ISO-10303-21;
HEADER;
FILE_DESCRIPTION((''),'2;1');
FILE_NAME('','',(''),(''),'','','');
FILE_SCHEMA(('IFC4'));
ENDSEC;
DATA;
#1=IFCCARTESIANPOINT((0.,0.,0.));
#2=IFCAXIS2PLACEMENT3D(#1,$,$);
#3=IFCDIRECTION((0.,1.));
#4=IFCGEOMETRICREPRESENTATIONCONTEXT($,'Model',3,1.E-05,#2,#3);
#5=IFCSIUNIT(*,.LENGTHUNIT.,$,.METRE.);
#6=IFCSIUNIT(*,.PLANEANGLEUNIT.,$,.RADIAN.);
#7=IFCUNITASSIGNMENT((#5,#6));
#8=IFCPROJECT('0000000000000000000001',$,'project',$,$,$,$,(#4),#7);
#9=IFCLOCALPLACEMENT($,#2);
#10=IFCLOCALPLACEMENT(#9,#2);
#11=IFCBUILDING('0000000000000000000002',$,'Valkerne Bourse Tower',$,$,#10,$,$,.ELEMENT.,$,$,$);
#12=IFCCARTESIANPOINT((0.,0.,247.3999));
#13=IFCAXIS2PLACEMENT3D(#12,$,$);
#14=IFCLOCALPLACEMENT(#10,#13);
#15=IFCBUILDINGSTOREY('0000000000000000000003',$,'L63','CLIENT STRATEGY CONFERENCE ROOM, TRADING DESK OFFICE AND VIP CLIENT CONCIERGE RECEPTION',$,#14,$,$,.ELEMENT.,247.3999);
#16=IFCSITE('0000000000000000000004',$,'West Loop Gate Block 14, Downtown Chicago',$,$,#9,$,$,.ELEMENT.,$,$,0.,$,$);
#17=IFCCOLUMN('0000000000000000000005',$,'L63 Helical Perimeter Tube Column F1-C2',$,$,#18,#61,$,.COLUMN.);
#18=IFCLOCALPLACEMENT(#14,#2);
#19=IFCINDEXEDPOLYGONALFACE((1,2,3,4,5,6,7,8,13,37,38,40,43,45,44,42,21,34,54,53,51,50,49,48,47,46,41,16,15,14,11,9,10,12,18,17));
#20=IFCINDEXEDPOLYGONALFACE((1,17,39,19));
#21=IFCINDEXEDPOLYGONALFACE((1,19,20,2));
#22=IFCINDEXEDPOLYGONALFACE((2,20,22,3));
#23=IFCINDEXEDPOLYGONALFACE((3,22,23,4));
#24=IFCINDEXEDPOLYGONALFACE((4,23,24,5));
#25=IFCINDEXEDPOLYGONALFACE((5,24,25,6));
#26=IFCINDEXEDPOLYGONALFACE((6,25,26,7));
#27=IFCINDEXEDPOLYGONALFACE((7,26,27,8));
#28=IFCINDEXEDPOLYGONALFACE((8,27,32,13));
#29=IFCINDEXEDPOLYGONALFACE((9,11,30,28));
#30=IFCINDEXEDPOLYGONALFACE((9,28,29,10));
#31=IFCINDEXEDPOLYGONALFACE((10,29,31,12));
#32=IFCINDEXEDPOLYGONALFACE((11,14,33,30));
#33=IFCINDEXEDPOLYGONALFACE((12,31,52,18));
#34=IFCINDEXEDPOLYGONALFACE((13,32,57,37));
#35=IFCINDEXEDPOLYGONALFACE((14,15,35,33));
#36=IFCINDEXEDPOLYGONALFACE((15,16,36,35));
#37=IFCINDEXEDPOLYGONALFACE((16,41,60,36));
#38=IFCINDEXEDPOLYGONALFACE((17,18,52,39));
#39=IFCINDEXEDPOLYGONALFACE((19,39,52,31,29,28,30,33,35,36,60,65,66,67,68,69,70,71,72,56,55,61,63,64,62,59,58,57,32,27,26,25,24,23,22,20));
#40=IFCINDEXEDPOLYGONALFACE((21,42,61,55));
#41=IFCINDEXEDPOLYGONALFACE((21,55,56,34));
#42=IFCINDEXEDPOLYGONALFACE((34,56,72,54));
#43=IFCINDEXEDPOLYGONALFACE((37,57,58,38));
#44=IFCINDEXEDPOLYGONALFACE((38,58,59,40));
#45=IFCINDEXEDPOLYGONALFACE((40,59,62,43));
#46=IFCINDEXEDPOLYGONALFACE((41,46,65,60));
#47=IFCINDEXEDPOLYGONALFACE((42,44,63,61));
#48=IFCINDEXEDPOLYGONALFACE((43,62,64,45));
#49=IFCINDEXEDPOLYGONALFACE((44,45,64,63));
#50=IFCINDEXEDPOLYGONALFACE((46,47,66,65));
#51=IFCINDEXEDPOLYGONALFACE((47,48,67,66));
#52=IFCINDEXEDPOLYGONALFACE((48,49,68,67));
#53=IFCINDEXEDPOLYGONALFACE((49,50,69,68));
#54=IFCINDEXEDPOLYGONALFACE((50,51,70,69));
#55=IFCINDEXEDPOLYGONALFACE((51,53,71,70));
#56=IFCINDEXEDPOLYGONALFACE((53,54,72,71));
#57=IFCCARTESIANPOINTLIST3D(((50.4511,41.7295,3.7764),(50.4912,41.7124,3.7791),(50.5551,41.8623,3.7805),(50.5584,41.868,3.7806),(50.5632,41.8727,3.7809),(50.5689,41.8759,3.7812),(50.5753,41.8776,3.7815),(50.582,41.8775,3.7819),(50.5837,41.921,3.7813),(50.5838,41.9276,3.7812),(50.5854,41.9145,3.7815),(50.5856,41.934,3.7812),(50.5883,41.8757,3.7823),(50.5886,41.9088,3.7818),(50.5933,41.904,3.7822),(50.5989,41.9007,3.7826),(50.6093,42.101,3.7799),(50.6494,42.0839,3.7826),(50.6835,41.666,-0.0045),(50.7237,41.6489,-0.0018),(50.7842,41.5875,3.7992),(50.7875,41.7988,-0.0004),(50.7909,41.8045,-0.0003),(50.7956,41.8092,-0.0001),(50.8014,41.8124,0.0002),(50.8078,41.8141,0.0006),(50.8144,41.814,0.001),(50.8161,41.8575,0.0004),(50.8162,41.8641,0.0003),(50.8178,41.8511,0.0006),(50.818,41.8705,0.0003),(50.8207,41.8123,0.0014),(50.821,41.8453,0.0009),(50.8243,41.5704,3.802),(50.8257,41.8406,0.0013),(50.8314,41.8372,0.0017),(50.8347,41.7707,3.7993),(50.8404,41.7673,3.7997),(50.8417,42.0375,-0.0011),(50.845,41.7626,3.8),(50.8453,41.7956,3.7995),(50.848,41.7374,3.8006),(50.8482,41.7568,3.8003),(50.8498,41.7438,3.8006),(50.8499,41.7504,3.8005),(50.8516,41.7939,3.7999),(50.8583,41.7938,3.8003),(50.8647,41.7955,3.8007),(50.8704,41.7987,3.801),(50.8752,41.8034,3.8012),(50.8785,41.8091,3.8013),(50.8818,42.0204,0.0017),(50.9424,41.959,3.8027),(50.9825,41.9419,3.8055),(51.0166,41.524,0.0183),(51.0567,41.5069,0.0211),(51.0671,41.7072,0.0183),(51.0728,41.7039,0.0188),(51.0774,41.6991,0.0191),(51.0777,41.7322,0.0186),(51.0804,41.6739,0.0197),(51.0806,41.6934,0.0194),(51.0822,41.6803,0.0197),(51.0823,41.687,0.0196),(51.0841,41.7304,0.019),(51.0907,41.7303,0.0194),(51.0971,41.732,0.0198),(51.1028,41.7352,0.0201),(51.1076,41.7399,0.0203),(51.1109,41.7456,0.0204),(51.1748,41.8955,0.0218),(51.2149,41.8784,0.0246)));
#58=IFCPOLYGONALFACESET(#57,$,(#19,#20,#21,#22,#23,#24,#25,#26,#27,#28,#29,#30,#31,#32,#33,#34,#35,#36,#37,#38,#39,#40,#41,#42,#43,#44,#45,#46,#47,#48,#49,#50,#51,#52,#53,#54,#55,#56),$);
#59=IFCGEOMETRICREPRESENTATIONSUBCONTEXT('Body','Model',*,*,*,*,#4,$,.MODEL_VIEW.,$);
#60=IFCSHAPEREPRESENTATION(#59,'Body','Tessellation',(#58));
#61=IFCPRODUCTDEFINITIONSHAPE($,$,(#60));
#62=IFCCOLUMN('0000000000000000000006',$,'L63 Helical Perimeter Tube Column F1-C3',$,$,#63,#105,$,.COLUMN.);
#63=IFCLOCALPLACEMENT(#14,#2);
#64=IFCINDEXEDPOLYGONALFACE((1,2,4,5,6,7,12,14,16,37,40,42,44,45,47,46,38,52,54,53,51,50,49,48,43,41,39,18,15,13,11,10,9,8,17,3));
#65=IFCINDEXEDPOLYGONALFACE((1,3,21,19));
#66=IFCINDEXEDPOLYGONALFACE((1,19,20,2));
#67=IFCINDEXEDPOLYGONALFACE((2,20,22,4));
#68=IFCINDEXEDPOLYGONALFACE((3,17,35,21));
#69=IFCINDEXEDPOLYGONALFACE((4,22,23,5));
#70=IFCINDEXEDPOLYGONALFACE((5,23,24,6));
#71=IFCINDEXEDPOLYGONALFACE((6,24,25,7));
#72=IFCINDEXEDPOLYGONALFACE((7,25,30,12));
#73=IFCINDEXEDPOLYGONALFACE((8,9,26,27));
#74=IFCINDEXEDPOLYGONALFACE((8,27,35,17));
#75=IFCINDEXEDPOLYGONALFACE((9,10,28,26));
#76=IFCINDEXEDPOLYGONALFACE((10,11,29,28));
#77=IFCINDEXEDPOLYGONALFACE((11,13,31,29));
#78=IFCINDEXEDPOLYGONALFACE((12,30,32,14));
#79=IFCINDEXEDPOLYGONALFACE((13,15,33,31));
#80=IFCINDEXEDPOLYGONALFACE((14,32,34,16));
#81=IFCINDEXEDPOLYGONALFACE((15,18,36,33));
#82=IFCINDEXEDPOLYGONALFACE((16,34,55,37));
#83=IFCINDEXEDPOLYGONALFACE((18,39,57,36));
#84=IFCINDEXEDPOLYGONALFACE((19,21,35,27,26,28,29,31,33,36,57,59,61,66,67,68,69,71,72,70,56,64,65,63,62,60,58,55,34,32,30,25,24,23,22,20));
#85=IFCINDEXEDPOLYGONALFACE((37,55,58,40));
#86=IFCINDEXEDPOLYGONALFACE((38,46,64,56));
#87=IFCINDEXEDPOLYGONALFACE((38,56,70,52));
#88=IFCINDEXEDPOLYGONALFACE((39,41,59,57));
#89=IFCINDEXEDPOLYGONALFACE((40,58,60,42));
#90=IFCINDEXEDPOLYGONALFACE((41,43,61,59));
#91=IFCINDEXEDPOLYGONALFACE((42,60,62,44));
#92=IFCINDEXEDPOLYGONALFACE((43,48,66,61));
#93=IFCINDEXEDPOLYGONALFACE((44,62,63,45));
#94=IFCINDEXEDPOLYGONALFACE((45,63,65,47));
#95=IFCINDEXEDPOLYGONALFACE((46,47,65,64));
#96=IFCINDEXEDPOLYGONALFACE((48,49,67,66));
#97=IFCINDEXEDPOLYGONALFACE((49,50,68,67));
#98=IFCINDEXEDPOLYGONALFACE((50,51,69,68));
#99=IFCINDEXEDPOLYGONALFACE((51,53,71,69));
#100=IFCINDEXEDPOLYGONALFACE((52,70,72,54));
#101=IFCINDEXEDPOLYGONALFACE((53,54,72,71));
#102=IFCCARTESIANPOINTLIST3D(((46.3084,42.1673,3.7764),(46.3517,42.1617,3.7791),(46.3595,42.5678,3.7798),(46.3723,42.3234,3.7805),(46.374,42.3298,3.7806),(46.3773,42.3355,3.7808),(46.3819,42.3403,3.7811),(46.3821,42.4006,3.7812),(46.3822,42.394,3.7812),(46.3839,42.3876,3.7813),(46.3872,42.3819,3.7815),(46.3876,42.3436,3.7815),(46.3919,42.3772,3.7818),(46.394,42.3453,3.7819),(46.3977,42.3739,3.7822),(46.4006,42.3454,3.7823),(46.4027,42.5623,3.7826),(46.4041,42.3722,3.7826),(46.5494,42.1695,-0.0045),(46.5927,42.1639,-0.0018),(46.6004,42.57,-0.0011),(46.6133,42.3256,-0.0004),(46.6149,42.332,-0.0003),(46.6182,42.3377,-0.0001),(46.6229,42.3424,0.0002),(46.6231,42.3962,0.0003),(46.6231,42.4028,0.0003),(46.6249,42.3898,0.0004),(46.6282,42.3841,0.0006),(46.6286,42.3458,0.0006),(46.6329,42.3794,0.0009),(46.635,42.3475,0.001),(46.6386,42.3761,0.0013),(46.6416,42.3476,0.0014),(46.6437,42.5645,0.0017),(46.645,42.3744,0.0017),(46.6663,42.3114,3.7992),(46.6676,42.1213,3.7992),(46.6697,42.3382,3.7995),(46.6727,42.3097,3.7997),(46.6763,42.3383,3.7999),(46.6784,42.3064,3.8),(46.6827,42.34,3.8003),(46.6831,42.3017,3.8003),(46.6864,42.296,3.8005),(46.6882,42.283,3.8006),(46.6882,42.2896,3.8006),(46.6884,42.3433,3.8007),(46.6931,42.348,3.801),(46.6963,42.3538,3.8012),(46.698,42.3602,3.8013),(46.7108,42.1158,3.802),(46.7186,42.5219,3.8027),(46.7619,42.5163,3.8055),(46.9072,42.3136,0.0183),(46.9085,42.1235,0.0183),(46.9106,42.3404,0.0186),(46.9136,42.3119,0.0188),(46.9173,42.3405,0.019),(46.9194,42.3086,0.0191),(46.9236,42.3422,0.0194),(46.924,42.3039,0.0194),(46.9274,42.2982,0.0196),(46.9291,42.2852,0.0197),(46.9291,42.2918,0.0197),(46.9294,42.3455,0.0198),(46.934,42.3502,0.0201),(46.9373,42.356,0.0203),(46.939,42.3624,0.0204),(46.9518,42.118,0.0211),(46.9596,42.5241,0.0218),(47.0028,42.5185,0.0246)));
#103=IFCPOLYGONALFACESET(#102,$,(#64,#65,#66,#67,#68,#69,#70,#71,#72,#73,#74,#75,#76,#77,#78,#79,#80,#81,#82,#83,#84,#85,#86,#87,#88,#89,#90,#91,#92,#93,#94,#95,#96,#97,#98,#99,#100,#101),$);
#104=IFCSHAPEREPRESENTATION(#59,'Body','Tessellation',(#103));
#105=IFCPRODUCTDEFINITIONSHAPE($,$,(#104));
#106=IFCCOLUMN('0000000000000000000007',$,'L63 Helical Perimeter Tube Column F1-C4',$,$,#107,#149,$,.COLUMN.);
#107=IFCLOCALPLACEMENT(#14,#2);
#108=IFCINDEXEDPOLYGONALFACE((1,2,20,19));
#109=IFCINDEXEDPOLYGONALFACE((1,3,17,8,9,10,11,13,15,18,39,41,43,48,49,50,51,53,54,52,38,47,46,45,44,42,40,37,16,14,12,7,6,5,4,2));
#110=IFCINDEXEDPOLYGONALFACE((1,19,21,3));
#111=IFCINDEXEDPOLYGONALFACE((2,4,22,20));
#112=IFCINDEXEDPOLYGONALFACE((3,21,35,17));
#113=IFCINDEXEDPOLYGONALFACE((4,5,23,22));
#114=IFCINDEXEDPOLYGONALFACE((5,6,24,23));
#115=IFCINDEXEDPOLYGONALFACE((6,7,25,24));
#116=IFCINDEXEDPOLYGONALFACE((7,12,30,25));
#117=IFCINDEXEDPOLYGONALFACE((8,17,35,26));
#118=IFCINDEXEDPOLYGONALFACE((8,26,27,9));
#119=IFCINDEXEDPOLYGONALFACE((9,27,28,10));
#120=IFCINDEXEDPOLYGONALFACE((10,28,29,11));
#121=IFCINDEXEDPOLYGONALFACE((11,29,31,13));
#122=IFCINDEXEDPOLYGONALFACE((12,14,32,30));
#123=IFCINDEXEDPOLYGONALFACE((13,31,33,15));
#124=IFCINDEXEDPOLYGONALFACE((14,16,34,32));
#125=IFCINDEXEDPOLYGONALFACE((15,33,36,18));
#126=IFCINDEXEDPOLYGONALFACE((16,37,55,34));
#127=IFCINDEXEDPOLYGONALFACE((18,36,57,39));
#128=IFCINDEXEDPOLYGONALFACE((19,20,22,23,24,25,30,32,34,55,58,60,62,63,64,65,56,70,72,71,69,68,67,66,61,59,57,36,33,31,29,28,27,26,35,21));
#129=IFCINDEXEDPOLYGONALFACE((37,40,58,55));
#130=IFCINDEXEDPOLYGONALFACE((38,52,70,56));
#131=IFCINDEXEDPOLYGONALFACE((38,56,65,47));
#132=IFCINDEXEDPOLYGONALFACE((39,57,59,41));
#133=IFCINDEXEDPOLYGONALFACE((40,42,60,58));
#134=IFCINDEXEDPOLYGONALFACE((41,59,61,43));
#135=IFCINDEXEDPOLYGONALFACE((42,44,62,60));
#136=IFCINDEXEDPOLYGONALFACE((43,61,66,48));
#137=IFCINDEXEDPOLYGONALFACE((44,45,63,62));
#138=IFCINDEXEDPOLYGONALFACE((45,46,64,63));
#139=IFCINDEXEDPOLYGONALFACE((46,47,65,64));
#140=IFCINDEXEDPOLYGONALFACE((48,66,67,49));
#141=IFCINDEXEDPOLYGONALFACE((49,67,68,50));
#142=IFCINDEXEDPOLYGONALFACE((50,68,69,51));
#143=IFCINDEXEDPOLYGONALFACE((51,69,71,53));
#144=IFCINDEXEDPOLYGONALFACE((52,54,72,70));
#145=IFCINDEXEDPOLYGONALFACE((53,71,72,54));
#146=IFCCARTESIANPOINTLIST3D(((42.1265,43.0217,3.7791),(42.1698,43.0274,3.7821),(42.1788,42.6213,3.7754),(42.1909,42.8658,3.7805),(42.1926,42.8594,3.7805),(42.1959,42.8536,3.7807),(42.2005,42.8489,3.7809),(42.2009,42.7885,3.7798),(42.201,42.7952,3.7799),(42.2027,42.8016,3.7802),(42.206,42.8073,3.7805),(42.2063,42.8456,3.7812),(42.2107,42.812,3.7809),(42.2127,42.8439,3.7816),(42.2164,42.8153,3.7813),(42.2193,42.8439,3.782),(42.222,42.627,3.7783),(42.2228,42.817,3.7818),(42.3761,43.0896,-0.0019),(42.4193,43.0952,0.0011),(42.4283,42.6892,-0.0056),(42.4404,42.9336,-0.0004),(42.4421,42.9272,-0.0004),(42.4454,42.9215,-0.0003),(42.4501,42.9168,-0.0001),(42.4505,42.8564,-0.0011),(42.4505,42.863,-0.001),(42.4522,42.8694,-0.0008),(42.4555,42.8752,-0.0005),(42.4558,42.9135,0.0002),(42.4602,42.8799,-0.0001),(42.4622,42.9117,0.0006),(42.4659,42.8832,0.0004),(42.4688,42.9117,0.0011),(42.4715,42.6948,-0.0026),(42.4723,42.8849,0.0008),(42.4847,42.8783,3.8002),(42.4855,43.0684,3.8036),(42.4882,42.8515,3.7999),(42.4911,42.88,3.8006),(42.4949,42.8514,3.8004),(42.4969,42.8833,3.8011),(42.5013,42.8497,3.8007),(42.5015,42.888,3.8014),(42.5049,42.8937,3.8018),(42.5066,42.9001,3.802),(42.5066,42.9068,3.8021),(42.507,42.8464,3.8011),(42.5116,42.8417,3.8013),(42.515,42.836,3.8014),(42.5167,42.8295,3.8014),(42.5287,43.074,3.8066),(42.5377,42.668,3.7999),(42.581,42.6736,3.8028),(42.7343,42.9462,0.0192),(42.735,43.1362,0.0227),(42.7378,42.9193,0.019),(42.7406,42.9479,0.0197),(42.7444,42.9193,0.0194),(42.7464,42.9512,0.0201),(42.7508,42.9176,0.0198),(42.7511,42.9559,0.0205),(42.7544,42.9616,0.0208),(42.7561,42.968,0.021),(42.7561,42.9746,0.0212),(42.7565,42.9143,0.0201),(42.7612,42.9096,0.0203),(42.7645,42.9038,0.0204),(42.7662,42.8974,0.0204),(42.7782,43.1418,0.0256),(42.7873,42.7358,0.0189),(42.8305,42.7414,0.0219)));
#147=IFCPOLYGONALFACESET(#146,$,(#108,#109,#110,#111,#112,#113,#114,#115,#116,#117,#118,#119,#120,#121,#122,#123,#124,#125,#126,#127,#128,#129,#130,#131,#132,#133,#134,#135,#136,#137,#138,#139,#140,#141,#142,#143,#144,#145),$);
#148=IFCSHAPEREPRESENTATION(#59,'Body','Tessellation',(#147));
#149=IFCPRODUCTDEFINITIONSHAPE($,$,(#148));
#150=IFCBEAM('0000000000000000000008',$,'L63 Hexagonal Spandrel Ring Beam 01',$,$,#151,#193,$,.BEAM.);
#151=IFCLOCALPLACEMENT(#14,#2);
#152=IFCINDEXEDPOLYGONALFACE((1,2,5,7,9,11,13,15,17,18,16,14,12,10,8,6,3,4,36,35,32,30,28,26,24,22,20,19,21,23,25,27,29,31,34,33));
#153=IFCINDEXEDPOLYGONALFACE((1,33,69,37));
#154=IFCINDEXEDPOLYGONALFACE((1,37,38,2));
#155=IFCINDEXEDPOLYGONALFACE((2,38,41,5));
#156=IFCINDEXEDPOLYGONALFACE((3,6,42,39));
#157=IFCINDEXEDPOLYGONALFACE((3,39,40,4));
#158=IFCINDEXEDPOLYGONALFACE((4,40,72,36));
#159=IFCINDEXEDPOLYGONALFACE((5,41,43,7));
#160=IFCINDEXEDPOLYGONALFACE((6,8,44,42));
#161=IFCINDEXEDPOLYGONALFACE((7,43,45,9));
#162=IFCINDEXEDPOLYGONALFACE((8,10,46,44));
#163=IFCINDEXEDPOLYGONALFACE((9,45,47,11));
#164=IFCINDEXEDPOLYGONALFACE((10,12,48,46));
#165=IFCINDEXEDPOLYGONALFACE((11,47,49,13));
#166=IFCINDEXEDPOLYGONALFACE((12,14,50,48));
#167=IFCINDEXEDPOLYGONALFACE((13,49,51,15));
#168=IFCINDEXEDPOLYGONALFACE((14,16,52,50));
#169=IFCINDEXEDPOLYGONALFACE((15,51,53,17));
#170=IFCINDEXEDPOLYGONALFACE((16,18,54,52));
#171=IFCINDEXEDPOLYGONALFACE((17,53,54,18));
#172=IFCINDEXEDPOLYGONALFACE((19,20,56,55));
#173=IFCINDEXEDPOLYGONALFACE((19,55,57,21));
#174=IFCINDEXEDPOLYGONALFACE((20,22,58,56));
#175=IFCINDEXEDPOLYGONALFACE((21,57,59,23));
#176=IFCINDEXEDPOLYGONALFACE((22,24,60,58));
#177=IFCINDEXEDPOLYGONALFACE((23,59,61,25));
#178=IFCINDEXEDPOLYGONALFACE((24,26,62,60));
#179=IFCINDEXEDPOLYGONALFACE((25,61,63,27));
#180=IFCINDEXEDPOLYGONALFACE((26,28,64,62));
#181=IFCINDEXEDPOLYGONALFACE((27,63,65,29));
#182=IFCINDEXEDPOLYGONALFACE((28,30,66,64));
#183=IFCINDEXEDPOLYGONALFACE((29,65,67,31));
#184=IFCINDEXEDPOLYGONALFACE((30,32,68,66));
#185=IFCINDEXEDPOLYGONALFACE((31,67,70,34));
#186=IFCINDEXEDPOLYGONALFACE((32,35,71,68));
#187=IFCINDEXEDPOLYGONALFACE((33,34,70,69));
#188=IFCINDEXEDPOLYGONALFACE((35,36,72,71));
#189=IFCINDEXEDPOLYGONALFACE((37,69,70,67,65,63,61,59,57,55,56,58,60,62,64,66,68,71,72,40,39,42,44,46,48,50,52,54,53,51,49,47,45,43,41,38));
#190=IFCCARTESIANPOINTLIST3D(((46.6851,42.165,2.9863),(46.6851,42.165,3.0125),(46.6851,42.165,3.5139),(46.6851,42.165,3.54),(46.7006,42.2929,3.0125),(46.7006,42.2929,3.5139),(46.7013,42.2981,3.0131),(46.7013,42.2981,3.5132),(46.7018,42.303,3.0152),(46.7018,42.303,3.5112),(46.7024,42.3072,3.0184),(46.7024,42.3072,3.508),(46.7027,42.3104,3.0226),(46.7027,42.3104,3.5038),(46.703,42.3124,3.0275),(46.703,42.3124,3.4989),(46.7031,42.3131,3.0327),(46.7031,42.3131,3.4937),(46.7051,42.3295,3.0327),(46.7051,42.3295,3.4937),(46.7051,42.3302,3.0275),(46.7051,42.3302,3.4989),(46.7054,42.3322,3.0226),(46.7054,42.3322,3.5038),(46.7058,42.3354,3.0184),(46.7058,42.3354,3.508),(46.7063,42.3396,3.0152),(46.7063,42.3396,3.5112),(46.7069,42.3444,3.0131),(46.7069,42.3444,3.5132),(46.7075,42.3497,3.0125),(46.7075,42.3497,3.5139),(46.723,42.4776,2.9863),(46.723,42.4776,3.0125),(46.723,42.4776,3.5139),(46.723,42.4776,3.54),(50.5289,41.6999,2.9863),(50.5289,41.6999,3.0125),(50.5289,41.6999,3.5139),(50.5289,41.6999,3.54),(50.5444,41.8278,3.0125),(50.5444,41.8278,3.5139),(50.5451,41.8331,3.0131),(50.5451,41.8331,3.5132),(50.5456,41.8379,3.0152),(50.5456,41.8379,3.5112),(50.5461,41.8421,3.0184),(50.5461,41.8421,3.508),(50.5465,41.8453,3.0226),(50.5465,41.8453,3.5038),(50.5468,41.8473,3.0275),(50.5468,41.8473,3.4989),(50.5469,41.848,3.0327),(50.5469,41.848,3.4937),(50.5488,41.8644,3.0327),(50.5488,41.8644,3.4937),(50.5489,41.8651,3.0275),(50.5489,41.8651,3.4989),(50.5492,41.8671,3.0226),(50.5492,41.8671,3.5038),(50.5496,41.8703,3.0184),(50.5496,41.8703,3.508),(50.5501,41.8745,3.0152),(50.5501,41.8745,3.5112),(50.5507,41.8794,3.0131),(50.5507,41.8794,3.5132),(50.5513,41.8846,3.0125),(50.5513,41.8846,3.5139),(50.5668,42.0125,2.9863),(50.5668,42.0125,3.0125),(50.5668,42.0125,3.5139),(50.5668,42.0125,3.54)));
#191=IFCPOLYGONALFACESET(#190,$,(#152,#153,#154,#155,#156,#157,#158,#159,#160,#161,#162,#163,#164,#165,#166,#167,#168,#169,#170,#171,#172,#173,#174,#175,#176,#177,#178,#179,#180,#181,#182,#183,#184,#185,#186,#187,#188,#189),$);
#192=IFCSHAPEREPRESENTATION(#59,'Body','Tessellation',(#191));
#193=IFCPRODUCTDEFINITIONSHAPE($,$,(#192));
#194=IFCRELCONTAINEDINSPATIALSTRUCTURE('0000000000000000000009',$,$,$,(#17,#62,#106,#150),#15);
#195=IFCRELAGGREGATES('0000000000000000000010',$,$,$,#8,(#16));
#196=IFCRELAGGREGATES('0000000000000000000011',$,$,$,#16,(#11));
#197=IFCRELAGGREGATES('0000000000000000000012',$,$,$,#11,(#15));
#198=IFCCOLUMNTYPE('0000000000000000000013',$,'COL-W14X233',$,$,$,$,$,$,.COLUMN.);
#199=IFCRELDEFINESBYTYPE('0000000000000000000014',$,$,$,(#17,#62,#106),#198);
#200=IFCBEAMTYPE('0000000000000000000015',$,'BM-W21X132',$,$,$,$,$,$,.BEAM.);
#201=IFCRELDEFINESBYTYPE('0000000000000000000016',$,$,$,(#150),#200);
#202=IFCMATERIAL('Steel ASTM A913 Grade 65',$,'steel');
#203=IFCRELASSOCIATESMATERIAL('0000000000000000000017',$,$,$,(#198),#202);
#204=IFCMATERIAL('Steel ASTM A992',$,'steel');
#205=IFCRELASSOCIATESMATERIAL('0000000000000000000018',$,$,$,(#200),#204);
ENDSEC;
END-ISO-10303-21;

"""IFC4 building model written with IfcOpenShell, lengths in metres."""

from ifc_helpers import new_model, si_unit, direction, frame, origin, origin_2d, place, context, subcontext, project, spatial, i_section, extrude, material, material_profile, profile_set, type_object, element, save


model = new_model("IFC4")

# Units and contexts
model_context = context("Model", 3, precision=1e-05, world=origin(), true_north=direction((0.0, 1.0)))
body_context = subcontext(model_context, "Body", "Model", "MODEL_VIEW")
ifc_project = project(units=[si_unit("LENGTHUNIT", "METRE"), si_unit("PLANEANGLEUNIT", "RADIAN")], contexts=[model_context])

# Site, building, storey
site_placement = place(None, origin())
site = spatial("IfcSite", under=ifc_project, at=site_placement, Name="West Loop Gate Block 14, Downtown Chicago", CompositionType="ELEMENT", RefElevation=0.0)
building_placement = place(site_placement, origin())
building = spatial("IfcBuilding", under=site, at=building_placement, Name="Valkerne Bourse Tower", CompositionType="ELEMENT")
storey_placement = place(building_placement, frame((0.0, 0.0, 247.3999)))
storey = spatial("IfcBuildingStorey", under=building, at=storey_placement, Name="L63", Description="CLIENT STRATEGY CONFERENCE ROOM, TRADING DESK OFFICE AND VIP CLIENT CONCIERGE RECEPTION", CompositionType="ELEMENT", Elevation=247.3999)

# Columns
ifc_material_1 = material(Name="Steel ASTM A913 Grade 65", Category="steel")
ifc_material_profile_1 = material_profile(ifc_material_1, i_section(OverallWidth=0.4038, OverallDepth=0.4065, WebThickness=0.0271, FlangeThickness=0.0437, FilletRadius=0.0254, at=origin_2d()), Name="W14X233")
ifc_profile_set_1 = profile_set([ifc_material_profile_1], Name="Steel ASTM A913 Grade 65")
column_type = type_object("IfcColumnType", Name="COL-W14X233", PredefinedType="COLUMN", material=ifc_profile_set_1)
for number, where, z_axis, x_axis, name in (
    (1, (50.9492, 41.7722, 0.01), (-0.061346, 0.016754, 0.997976), (0.391679, 0.920062, 0.008631), "L63 Helical Perimeter Tube Column F1-C2"),
    (2, (46.7761, 42.344, 0.01), (-0.063602, -0.00058, 0.997975), (0.126401, 0.991942, 0.008632), "L63 Helical Perimeter Tube Column F1-C3"),
):
    element("IfcColumn", number, at=place(storey_placement, frame(where, z_axis=z_axis, x_axis=x_axis)), inside=storey, type_object=column_type, Name=name, PredefinedType="COLUMN", context=body_context, shape_type="SweptSolid", body=[
        extrude(i_section(OverallWidth=0.4038, OverallDepth=0.4065, WebThickness=0.0271, FlangeThickness=0.0437, FilletRadius=0.0254, at=origin_2d()), origin(), (0.0, 0.0, 1.0), 3.7886),
    ])
column_placement = place(storey_placement, frame((42.6033, 42.9155, 0.01), z_axis=(-0.065837, -0.017909, 0.99767), x_axis=(-0.129398, 0.99155, 0.00926)))
element("IfcColumn", 3, at=column_placement, inside=storey, type_object=column_type, Name="L63 Helical Perimeter Tube Column F1-C4", PredefinedType="COLUMN", context=body_context, shape_type="SweptSolid", body=[
    extrude(i_section(OverallWidth=0.4038, OverallDepth=0.4065, WebThickness=0.0271, FlangeThickness=0.0437, FilletRadius=0.0254, at=origin_2d()), origin(), (0.0, 0.0, 1.0), 3.7898),
])

# Beam
ifc_material_2 = material(Name="Steel ASTM A992", Category="steel")
ifc_material_profile_2 = material_profile(ifc_material_2, i_section(OverallWidth=0.3149, OverallDepth=0.5537, WebThickness=0.0166, FlangeThickness=0.0261, FilletRadius=0.0203, at=origin_2d()), Name="W21X132")
ifc_profile_set_2 = profile_set([ifc_material_profile_2], Name="Steel ASTM A992")
beam_type_1 = type_object("IfcBeamType", Name="BM-W21X132", PredefinedType="BEAM", material=ifc_profile_set_2)
beam_1_placement = place(storey_placement, frame((50.5479, 41.8562, 3.2632), z_axis=(-0.992759, 0.120122, 0.0), x_axis=(-0.120122, -0.992759, 0.0)))
element("IfcBeam", 4, at=beam_1_placement, inside=storey, type_object=beam_type_1, Name="L63 Hexagonal Spandrel Ring Beam 01", PredefinedType="BEAM", context=body_context, shape_type="SweptSolid", body=[
    extrude(i_section(OverallWidth=0.3149, OverallDepth=0.5537, WebThickness=0.0166, FlangeThickness=0.0261, FilletRadius=0.0203, at=origin_2d()), origin(), (0.0, 0.0, 1.0), 3.8718),
])

save(model, "model.ifc")
